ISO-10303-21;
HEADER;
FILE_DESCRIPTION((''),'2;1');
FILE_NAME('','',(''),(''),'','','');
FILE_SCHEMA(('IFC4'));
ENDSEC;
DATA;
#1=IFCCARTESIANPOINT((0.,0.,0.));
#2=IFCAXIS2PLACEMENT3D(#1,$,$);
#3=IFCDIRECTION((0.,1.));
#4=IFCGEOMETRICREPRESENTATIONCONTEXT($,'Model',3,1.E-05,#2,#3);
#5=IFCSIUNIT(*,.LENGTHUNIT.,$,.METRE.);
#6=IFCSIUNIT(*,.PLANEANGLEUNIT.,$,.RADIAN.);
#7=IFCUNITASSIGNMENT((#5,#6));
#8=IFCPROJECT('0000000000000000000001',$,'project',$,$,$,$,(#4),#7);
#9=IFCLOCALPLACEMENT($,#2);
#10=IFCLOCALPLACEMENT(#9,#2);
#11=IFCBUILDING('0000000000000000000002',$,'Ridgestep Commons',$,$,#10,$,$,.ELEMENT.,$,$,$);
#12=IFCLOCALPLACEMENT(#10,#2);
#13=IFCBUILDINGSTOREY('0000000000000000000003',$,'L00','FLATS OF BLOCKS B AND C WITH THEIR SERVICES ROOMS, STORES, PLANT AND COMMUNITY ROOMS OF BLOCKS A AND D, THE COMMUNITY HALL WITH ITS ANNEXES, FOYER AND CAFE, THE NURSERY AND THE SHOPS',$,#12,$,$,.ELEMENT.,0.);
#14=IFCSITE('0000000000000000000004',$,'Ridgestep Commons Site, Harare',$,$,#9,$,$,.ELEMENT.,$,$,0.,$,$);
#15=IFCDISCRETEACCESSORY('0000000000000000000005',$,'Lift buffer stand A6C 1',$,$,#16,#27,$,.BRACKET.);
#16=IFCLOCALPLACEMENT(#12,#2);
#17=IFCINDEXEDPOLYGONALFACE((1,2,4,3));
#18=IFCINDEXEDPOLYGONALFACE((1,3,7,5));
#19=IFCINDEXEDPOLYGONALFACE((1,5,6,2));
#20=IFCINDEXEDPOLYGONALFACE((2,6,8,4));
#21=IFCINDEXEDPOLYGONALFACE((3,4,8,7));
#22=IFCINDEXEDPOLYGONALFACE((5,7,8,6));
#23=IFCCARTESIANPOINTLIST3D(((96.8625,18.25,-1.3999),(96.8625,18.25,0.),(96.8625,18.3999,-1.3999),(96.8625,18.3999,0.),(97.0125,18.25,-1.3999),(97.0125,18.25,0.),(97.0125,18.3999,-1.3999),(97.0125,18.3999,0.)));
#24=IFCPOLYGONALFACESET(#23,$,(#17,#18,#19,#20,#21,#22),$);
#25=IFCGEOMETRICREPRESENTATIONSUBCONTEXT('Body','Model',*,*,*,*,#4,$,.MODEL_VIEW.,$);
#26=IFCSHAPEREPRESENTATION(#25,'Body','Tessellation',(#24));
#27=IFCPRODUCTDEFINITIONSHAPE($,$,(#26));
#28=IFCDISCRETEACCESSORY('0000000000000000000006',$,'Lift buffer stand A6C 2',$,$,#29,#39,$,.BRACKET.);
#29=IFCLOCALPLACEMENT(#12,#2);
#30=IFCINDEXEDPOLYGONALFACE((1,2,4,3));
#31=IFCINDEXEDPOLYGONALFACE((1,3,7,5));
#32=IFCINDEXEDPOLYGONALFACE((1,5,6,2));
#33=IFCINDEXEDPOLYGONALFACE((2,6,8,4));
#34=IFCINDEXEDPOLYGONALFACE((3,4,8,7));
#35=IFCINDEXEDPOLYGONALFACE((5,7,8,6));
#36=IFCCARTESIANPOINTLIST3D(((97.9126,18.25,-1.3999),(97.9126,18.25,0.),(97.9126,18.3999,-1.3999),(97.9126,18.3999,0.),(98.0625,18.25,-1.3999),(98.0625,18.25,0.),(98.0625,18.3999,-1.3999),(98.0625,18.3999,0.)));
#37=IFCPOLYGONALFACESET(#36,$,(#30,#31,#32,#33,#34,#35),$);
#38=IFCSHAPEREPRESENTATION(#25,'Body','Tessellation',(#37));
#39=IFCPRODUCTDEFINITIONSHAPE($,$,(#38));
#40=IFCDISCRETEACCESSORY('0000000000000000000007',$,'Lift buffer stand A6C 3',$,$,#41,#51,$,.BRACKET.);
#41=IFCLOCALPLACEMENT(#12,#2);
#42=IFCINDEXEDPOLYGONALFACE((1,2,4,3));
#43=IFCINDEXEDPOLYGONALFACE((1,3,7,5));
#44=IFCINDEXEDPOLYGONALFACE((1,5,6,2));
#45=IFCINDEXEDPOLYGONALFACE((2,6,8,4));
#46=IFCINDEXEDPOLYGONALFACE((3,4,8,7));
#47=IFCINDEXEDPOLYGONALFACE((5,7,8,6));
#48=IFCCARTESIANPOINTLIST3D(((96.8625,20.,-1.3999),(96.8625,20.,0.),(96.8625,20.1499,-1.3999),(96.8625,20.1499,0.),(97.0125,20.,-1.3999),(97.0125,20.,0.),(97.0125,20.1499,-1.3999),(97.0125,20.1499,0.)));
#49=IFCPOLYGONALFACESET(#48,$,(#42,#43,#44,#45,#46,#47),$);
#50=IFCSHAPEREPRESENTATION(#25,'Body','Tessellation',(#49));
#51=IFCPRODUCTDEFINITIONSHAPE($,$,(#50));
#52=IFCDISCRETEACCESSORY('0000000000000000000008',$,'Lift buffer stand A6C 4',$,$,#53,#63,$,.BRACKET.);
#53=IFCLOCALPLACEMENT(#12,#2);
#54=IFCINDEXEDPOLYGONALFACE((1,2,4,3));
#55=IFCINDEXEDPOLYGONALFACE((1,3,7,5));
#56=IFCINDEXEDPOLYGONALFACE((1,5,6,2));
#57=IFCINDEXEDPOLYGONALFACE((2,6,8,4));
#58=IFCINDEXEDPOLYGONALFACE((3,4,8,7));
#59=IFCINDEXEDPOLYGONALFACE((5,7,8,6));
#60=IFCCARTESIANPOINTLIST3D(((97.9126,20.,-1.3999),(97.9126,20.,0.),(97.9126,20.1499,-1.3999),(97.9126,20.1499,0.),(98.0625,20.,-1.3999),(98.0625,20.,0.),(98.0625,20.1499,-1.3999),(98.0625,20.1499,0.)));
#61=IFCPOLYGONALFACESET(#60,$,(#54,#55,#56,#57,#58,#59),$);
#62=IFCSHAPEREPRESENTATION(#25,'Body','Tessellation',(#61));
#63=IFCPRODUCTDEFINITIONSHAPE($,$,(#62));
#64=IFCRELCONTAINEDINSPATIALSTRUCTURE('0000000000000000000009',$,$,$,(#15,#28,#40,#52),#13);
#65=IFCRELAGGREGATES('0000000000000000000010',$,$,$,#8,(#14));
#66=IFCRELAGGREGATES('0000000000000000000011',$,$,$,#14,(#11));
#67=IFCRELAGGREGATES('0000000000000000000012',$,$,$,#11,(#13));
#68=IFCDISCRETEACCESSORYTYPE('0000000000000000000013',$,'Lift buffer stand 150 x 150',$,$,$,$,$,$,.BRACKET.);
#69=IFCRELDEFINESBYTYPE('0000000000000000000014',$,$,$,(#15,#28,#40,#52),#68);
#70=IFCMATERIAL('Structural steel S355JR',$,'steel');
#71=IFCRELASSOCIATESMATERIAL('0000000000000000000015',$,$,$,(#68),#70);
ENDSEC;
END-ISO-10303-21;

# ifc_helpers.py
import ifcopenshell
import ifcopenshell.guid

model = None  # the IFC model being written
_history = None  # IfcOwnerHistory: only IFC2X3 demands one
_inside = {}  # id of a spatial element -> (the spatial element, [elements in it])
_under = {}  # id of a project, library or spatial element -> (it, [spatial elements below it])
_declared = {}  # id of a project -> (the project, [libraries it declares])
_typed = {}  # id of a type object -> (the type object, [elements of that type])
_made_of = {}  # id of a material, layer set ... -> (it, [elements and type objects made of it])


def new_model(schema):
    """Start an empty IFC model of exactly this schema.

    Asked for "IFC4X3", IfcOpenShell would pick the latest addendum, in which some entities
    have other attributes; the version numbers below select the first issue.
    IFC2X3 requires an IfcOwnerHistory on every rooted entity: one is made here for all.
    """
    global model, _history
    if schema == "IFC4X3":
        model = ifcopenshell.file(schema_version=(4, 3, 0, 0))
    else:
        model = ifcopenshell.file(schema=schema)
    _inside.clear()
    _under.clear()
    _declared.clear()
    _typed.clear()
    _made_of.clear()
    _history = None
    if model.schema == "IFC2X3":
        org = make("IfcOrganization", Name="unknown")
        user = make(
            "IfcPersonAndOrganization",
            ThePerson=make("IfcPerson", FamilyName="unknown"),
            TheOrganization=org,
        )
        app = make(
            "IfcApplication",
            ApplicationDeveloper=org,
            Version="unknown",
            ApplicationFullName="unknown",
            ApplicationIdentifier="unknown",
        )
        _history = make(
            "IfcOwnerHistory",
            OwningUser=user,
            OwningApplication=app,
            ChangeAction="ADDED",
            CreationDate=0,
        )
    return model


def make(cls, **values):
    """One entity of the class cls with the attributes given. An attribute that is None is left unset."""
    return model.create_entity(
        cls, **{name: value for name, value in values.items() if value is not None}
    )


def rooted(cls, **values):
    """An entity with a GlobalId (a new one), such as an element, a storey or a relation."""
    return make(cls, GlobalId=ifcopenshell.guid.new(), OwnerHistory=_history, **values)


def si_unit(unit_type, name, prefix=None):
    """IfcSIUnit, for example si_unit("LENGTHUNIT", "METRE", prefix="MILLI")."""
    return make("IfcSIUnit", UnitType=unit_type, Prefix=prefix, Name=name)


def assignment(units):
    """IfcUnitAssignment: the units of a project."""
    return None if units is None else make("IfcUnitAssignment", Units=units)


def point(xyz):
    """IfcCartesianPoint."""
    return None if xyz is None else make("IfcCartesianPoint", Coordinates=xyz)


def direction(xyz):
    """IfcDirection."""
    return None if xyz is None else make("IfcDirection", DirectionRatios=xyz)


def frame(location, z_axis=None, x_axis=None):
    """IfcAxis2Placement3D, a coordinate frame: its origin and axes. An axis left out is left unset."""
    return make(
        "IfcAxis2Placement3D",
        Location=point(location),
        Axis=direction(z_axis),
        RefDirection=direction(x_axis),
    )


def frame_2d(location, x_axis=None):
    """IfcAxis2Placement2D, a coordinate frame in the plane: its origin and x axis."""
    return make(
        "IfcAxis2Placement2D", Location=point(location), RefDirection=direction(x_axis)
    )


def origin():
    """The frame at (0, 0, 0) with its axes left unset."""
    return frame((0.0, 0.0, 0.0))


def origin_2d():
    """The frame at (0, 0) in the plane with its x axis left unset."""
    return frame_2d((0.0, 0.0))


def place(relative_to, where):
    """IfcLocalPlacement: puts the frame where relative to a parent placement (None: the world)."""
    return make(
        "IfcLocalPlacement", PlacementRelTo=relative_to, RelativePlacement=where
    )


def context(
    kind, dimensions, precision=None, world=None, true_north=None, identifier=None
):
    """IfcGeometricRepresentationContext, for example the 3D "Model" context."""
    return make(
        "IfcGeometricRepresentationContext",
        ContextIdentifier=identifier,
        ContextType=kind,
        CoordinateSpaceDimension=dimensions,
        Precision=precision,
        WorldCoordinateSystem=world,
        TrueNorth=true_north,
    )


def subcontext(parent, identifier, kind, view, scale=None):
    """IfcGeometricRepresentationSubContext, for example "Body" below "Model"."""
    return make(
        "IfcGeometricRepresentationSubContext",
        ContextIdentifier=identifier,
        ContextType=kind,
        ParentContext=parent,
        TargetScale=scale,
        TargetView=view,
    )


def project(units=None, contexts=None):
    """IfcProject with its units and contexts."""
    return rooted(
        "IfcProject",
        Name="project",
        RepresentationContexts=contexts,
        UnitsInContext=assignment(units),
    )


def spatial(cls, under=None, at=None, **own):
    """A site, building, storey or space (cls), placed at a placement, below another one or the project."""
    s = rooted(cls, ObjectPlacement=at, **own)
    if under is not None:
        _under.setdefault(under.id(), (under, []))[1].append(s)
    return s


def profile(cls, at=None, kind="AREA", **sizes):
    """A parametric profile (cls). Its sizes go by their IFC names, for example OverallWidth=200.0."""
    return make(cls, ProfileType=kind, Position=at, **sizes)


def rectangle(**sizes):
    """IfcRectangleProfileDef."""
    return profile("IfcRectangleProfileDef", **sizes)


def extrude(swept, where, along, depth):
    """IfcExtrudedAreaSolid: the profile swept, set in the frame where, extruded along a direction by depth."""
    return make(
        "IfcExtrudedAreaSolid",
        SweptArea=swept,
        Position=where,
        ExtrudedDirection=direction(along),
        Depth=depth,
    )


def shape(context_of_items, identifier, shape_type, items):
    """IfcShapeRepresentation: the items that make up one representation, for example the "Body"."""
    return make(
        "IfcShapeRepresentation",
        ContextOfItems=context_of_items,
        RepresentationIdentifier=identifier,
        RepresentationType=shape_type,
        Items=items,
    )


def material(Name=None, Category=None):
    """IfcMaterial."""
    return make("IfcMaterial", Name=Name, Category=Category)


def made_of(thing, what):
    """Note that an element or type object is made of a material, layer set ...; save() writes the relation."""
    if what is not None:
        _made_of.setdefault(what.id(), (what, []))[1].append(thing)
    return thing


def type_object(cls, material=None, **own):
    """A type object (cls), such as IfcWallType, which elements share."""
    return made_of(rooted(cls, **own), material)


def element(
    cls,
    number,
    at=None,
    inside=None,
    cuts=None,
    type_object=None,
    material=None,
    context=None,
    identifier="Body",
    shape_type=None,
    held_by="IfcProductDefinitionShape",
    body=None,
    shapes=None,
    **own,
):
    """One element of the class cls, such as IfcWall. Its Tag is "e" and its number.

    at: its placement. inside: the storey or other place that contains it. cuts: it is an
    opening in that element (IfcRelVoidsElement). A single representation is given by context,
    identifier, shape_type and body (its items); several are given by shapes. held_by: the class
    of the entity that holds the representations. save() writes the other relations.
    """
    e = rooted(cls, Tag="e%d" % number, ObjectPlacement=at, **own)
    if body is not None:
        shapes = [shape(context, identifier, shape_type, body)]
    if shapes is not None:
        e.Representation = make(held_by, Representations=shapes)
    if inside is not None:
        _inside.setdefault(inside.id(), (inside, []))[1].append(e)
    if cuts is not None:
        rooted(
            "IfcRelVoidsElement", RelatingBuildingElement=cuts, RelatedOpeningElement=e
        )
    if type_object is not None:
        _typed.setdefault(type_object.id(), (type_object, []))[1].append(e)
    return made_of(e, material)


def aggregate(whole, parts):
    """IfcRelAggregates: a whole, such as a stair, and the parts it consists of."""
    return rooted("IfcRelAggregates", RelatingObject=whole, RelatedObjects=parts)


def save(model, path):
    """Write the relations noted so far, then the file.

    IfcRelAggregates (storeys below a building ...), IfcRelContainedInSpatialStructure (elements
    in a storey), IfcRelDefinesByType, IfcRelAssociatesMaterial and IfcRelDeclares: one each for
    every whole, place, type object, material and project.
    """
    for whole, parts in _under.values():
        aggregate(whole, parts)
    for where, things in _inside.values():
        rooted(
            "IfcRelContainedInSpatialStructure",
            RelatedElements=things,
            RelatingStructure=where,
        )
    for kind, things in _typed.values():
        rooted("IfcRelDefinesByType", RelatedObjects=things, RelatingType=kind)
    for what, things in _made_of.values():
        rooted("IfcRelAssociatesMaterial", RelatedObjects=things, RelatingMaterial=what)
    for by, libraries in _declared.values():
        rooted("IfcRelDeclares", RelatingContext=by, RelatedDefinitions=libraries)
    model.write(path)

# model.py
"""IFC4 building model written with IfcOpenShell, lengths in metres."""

from ifc_helpers import new_model, si_unit, direction, frame, origin, origin_2d, place, context, subcontext, project, spatial, rectangle, extrude, material, type_object, element, save


model = new_model("IFC4")

# Units and contexts
model_context = context("Model", 3, precision=1e-05, world=origin(), true_north=direction((0.0, 1.0)))
body_context = subcontext(model_context, "Body", "Model", "MODEL_VIEW")
ifc_project = project(units=[si_unit("LENGTHUNIT", "METRE"), si_unit("PLANEANGLEUNIT", "RADIAN")], contexts=[model_context])

# Site, building, storey
site_placement = place(None, origin())
site = spatial("IfcSite", under=ifc_project, at=site_placement, Name="Ridgestep Commons Site, Harare", CompositionType="ELEMENT", RefElevation=0.0)
building_placement = place(site_placement, origin())
building = spatial("IfcBuilding", under=site, at=building_placement, Name="Ridgestep Commons", CompositionType="ELEMENT")
storey_placement = place(building_placement, origin())
storey = spatial("IfcBuildingStorey", under=building, at=storey_placement, Name="L00", Description="FLATS OF BLOCKS B AND C WITH THEIR SERVICES ROOMS, STORES, PLANT AND COMMUNITY ROOMS OF BLOCKS A AND D, THE COMMUNITY HALL WITH ITS ANNEXES, FOYER AND CAFE, THE NURSERY AND THE SHOPS", CompositionType="ELEMENT", Elevation=0.0)

# Discrete accessories
ifc_material_1 = material(Name="Structural steel S355JR", Category="steel")
discrete_accessory_type = type_object("IfcDiscreteAccessoryType", Name="Lift buffer stand 150 x 150", PredefinedType="BRACKET", material=ifc_material_1)
for number, where, z_axis, x_axis, name in (
    (1, (96.9375, 18.325, -1.3999), (0.0, 0.0, 1.0), (1.0, 0.0, 0.0), "Lift buffer stand A6C 1"),
    (2, (97.9875, 18.325, -1.3999), (0.0, 0.0, 1.0), (1.0, 0.0, 0.0), "Lift buffer stand A6C 2"),
    (3, (96.9375, 20.075, -1.3999), (0.0, 0.0, 1.0), (1.0, 0.0, 0.0), "Lift buffer stand A6C 3"),
    (4, (97.9875, 20.075, -1.3999), (0.0, 0.0, 1.0), (1.0, 0.0, 0.0), "Lift buffer stand A6C 4"),
):
    element("IfcDiscreteAccessory", number, at=place(storey_placement, frame(where, z_axis=z_axis, x_axis=x_axis)), inside=storey, type_object=discrete_accessory_type, Name=name, PredefinedType="BRACKET", context=body_context, shape_type="SweptSolid", body=[
        extrude(rectangle(XDim=0.1499, YDim=0.1499, at=origin_2d()), origin(), (0.0, 0.0, 1.0), 1.3999),
    ])

save(model, "model.ifc")
